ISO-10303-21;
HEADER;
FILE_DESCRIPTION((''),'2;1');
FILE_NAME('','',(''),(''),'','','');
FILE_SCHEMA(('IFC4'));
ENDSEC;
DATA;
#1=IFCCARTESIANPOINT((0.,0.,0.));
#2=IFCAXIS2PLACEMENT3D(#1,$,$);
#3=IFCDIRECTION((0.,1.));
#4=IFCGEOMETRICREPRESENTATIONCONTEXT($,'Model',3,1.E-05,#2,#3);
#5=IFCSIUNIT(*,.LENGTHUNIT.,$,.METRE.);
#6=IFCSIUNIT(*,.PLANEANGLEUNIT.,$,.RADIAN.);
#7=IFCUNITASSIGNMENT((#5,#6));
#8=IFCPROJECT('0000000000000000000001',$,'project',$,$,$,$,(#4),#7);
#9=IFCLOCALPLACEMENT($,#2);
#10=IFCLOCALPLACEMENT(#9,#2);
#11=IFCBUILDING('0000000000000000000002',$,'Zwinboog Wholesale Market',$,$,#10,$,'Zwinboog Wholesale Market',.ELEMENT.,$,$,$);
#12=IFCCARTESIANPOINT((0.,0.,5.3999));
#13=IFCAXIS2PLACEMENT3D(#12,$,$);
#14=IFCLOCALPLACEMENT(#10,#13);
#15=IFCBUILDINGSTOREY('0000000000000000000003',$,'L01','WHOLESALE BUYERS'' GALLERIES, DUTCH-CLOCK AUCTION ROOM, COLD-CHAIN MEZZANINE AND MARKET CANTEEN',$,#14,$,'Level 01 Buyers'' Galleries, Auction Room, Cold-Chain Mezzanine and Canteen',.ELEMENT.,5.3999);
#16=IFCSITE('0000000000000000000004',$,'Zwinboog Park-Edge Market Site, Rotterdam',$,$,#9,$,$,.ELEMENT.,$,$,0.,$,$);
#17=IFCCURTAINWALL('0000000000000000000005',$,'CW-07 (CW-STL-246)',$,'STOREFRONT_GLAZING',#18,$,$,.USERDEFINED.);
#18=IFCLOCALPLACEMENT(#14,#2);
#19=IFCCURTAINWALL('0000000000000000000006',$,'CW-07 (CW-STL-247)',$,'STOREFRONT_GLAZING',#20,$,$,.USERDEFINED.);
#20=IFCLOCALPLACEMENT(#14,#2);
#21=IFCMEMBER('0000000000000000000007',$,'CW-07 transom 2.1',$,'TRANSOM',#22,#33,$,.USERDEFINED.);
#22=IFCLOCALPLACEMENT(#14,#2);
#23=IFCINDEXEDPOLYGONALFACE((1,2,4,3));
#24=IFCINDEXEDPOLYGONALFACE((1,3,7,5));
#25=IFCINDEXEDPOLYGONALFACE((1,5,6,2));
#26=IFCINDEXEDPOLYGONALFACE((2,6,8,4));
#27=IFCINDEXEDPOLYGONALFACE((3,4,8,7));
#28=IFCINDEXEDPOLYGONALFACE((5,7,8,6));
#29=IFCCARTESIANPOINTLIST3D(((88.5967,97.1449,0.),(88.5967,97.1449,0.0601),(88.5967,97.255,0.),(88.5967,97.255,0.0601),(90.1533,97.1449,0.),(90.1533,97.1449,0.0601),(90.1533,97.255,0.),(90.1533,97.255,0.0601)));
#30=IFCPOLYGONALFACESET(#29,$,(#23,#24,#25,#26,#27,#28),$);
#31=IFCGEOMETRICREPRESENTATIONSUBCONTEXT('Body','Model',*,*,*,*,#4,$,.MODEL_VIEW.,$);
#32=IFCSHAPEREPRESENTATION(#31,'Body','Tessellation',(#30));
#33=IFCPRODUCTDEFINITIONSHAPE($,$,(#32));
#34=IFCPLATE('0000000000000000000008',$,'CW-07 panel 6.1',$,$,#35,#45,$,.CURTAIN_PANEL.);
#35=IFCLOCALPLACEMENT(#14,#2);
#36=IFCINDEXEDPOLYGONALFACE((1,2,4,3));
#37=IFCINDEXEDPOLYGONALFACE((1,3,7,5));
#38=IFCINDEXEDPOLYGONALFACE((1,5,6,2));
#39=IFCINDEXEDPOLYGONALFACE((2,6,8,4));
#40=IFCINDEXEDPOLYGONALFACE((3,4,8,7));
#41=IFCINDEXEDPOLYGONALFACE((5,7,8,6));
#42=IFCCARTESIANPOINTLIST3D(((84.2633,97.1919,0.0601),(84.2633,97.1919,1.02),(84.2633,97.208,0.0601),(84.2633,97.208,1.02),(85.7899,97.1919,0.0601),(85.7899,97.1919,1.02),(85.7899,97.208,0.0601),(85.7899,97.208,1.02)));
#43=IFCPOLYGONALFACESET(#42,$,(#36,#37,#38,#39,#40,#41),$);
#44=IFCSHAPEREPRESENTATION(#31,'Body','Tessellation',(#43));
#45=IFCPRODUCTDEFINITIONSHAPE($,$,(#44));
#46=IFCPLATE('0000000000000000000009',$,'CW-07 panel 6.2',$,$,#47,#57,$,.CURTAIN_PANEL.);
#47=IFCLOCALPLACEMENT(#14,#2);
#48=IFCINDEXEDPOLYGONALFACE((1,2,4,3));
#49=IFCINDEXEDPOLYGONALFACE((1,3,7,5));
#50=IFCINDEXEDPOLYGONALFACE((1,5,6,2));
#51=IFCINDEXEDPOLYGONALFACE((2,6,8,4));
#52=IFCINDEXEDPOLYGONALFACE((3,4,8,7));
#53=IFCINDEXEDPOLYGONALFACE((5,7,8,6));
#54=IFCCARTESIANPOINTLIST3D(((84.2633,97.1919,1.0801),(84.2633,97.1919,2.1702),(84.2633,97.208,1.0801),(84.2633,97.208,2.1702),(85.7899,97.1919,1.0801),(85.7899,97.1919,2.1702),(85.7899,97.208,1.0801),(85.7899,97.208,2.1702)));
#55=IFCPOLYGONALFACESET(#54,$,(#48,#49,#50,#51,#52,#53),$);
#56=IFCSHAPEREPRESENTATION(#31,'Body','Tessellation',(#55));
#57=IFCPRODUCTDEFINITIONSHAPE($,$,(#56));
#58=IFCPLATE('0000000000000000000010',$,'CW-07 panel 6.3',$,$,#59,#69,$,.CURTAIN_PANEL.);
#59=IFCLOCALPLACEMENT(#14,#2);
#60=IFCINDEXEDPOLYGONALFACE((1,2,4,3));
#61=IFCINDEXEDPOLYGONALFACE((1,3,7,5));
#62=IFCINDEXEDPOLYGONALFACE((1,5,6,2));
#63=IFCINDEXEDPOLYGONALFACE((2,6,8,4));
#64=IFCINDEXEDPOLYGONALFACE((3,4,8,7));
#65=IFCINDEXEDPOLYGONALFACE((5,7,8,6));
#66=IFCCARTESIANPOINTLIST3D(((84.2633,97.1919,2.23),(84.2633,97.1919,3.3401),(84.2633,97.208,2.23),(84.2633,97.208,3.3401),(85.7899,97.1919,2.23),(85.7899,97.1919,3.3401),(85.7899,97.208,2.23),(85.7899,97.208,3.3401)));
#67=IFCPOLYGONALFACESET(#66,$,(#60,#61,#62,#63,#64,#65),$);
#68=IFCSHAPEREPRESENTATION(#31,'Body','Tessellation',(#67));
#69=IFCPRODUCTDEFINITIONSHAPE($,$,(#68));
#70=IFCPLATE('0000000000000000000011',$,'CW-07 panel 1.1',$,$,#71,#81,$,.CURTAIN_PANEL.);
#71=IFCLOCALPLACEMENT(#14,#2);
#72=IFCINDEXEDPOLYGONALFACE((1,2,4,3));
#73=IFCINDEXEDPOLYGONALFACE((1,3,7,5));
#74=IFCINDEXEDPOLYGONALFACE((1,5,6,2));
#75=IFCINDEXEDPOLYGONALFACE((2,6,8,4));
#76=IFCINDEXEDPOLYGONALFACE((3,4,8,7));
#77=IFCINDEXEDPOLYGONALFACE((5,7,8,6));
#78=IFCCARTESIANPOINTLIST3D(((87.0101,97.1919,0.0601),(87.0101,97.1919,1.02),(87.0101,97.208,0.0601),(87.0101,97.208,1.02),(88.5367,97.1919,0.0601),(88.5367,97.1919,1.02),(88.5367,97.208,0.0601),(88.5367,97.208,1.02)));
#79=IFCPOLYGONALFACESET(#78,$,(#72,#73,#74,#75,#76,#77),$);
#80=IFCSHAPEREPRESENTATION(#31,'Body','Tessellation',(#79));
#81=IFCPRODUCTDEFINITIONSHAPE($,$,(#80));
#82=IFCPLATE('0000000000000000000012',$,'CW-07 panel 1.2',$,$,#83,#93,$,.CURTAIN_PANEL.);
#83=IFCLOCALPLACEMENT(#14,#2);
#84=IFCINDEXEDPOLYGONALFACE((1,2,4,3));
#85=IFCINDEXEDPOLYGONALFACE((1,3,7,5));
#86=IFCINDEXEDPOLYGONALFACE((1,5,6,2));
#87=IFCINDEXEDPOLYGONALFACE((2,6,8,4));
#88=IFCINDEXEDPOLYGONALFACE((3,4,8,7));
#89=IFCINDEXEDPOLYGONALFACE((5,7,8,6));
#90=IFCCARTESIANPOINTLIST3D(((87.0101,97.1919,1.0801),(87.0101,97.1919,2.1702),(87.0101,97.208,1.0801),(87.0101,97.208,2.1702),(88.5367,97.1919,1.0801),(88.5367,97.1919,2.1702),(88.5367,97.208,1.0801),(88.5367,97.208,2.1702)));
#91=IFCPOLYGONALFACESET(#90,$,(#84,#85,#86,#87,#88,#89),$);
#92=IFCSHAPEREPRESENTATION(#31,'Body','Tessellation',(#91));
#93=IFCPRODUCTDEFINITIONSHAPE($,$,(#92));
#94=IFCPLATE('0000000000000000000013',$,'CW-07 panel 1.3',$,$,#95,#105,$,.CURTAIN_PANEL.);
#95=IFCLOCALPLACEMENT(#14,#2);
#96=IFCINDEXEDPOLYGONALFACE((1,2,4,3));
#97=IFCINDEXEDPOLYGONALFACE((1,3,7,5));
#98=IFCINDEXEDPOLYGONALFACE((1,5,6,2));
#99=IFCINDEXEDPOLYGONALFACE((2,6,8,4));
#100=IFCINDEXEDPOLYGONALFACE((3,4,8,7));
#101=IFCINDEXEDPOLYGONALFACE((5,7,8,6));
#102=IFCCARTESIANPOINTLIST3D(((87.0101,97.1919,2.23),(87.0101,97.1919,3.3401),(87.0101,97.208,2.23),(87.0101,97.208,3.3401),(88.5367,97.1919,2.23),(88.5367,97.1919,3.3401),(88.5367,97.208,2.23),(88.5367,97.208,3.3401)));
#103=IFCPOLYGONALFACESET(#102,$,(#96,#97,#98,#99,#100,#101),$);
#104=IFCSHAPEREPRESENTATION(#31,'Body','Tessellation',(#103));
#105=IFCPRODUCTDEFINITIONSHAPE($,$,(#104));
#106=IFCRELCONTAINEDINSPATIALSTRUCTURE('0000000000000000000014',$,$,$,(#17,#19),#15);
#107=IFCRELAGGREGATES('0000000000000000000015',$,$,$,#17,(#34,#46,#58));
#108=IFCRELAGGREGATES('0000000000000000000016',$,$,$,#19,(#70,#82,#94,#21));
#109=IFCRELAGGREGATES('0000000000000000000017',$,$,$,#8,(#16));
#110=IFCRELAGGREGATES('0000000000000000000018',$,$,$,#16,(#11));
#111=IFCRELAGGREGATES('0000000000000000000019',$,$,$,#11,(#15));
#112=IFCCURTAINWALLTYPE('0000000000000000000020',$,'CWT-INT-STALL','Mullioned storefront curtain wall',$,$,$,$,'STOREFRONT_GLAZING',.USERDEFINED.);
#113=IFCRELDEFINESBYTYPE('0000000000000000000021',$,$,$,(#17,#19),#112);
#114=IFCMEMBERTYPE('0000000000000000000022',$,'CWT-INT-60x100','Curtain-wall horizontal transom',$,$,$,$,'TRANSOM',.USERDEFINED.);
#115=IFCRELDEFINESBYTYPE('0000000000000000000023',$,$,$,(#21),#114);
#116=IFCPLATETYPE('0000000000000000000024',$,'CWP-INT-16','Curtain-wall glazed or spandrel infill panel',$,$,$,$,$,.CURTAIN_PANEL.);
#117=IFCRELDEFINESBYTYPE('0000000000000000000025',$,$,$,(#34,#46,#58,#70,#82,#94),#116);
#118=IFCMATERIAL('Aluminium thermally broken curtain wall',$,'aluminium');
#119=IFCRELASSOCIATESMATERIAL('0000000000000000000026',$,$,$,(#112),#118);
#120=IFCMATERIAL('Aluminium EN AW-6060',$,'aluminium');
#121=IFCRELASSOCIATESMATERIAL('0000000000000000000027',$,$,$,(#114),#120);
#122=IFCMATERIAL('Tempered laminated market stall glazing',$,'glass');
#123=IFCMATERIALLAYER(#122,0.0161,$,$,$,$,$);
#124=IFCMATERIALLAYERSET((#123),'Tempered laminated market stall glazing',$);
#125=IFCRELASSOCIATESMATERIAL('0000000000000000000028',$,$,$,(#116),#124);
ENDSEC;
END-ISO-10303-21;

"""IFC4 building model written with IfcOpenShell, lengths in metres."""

from ifc_helpers import new_model, si_unit, direction, frame, origin, origin_2d, place, context, subcontext, project, spatial, rectangle, extrude, material, layer, layer_set, material_profile, profile_set, type_object, element, aggregate, save


model = new_model("IFC4")

# Units and contexts
model_context = context("Model", 3, precision=1e-05, world=origin(), true_north=direction((0.0, 1.0)))
body_context = subcontext(model_context, "Body", "Model", "MODEL_VIEW")
ifc_project = project(units=[si_unit("LENGTHUNIT", "METRE"), si_unit("PLANEANGLEUNIT", "RADIAN")], contexts=[model_context])

# Site, building, storey
site_placement = place(None, origin())
site = spatial("IfcSite", under=ifc_project, at=site_placement, Name="Zwinboog Park-Edge Market Site, Rotterdam", CompositionType="ELEMENT", RefElevation=0.0)
building_placement = place(site_placement, origin())
building = spatial("IfcBuilding", under=site, at=building_placement, Name="Zwinboog Wholesale Market", LongName="Zwinboog Wholesale Market", CompositionType="ELEMENT")
storey_placement = place(building_placement, frame((0.0, 0.0, 5.3999)))
storey = spatial("IfcBuildingStorey", under=building, at=storey_placement, Name="L01", Description="WHOLESALE BUYERS' GALLERIES, DUTCH-CLOCK AUCTION ROOM, COLD-CHAIN MEZZANINE AND MARKET CANTEEN", LongName="Level 01 Buyers' Galleries, Auction Room, Cold-Chain Mezzanine and Canteen", CompositionType="ELEMENT", Elevation=5.3999)

# Curtain wall
ifc_material_1 = material(Name="Aluminium thermally broken curtain wall", Category="aluminium")
curtain_wall_type = type_object("IfcCurtainWallType", Name="CWT-INT-STALL", Description="Mullioned storefront curtain wall", ElementType="STOREFRONT_GLAZING", PredefinedType="USERDEFINED", material=ifc_material_1)
curtain_wall_1_placement = place(storey_placement, origin())
curtain_wall_1 = element("IfcCurtainWall", 1, at=curtain_wall_1_placement, inside=storey, type_object=curtain_wall_type, Name="CW-07 (CW-STL-246)", ObjectType="STOREFRONT_GLAZING", PredefinedType="USERDEFINED")
ifc_material_2 = material(Name="Aluminium EN AW-6060", Category="aluminium")

# Curtain wall
curtain_wall_2_placement = place(storey_placement, origin())
curtain_wall_2 = element("IfcCurtainWall", 2, at=curtain_wall_2_placement, inside=storey, type_object=curtain_wall_type, Name="CW-07 (CW-STL-247)", ObjectType="STOREFRONT_GLAZING", PredefinedType="USERDEFINED")

# Member
ifc_material_profile_1 = material_profile(ifc_material_2, rectangle(XDim=0.1101, YDim=0.0601, at=origin_2d()), Name="AL 60x110")
ifc_profile_set_1 = profile_set([ifc_material_profile_1], Name="Aluminium EN AW-6060")
member_type_1 = type_object("IfcMemberType", Name="CWT-INT-60x100", Description="Curtain-wall horizontal transom", ElementType="TRANSOM", PredefinedType="USERDEFINED", material=ifc_profile_set_1)
member_1_placement = place(storey_placement, frame((88.5967, 97.2, 0.03), z_axis=(1.0, 0.0, 0.0), x_axis=(0.0, 1.0, 0.0)))
member_1 = element("IfcMember", 3, at=member_1_placement, type_object=member_type_1, Name="CW-07 transom 2.1", ObjectType="TRANSOM", PredefinedType="USERDEFINED", context=body_context, shape_type="SweptSolid", body=[
    extrude(rectangle(XDim=0.1101, YDim=0.0601, at=origin_2d()), origin(), (0.0, 0.0, 1.0), 1.5566),
])

# Plates
ifc_material_3 = material(Name="Tempered laminated market stall glazing", Category="glass")
ifc_layer = layer(ifc_material_3, 0.0161)
ifc_layer_set = layer_set([ifc_layer], Name="Tempered laminated market stall glazing")
plate_type = type_object("IfcPlateType", Name="CWP-INT-16", Description="Curtain-wall glazed or spandrel infill panel", PredefinedType="CURTAIN_PANEL", material=ifc_layer_set)
plate_1_placement = place(storey_placement, frame((85.0266, 97.2, 0.0601), z_axis=(0.0, 0.0, 1.0), x_axis=(1.0, 0.0, 0.0)))
plate_1 = element("IfcPlate", 4, at=plate_1_placement, type_object=plate_type, Name="CW-07 panel 6.1", PredefinedType="CURTAIN_PANEL", context=body_context, shape_type="SweptSolid", body=[
    extrude(rectangle(XDim=1.5266, YDim=0.0161, at=origin_2d()), origin(), (0.0, 0.0, 1.0), 0.96),
])
plate_2_placement = place(storey_placement, frame((85.0266, 97.2, 1.0801), z_axis=(0.0, 0.0, 1.0), x_axis=(1.0, 0.0, 0.0)))
plate_2 = element("IfcPlate", 5, at=plate_2_placement, type_object=plate_type, Name="CW-07 panel 6.2", PredefinedType="CURTAIN_PANEL", context=body_context, shape_type="SweptSolid", body=[
    extrude(rectangle(XDim=1.5266, YDim=0.0161, at=origin_2d()), origin(), (0.0, 0.0, 1.0), 1.0901),
])
plate_3_placement = place(storey_placement, frame((85.0266, 97.2, 2.23), z_axis=(0.0, 0.0, 1.0), x_axis=(1.0, 0.0, 0.0)))
plate_3 = element("IfcPlate", 6, at=plate_3_placement, type_object=plate_type, Name="CW-07 panel 6.3", PredefinedType="CURTAIN_PANEL", context=body_context, shape_type="SweptSolid", body=[
    extrude(rectangle(XDim=1.5266, YDim=0.0161, at=origin_2d()), origin(), (0.0, 0.0, 1.0), 1.1101),
])
aggregate(curtain_wall_1, [plate_1, plate_2, plate_3])
plate_4_placement = place(storey_placement, frame((87.7734, 97.2, 0.0601), z_axis=(0.0, 0.0, 1.0), x_axis=(1.0, 0.0, 0.0)))
plate_4 = element("IfcPlate", 7, at=plate_4_placement, type_object=plate_type, Name="CW-07 panel 1.1", PredefinedType="CURTAIN_PANEL", context=body_context, shape_type="SweptSolid", body=[
    extrude(rectangle(XDim=1.5266, YDim=0.0161, at=origin_2d()), origin(), (0.0, 0.0, 1.0), 0.96),
])
plate_5_placement = place(storey_placement, frame((87.7734, 97.2, 1.0801), z_axis=(0.0, 0.0, 1.0), x_axis=(1.0, 0.0, 0.0)))
plate_5 = element("IfcPlate", 8, at=plate_5_placement, type_object=plate_type, Name="CW-07 panel 1.2", PredefinedType="CURTAIN_PANEL", context=body_context, shape_type="SweptSolid", body=[
    extrude(rectangle(XDim=1.5266, YDim=0.0161, at=origin_2d()), origin(), (0.0, 0.0, 1.0), 1.0901),
])
plate_6_placement = place(storey_placement, frame((87.7734, 97.2, 2.23), z_axis=(0.0, 0.0, 1.0), x_axis=(1.0, 0.0, 0.0)))
plate_6 = element("IfcPlate", 9, at=plate_6_placement, type_object=plate_type, Name="CW-07 panel 1.3", PredefinedType="CURTAIN_PANEL", context=body_context, shape_type="SweptSolid", body=[
    extrude(rectangle(XDim=1.5266, YDim=0.0161, at=origin_2d()), origin(), (0.0, 0.0, 1.0), 1.1101),
])
aggregate(curtain_wall_2, [plate_4, plate_5, plate_6, member_1])

save(model, "model.ifc")
